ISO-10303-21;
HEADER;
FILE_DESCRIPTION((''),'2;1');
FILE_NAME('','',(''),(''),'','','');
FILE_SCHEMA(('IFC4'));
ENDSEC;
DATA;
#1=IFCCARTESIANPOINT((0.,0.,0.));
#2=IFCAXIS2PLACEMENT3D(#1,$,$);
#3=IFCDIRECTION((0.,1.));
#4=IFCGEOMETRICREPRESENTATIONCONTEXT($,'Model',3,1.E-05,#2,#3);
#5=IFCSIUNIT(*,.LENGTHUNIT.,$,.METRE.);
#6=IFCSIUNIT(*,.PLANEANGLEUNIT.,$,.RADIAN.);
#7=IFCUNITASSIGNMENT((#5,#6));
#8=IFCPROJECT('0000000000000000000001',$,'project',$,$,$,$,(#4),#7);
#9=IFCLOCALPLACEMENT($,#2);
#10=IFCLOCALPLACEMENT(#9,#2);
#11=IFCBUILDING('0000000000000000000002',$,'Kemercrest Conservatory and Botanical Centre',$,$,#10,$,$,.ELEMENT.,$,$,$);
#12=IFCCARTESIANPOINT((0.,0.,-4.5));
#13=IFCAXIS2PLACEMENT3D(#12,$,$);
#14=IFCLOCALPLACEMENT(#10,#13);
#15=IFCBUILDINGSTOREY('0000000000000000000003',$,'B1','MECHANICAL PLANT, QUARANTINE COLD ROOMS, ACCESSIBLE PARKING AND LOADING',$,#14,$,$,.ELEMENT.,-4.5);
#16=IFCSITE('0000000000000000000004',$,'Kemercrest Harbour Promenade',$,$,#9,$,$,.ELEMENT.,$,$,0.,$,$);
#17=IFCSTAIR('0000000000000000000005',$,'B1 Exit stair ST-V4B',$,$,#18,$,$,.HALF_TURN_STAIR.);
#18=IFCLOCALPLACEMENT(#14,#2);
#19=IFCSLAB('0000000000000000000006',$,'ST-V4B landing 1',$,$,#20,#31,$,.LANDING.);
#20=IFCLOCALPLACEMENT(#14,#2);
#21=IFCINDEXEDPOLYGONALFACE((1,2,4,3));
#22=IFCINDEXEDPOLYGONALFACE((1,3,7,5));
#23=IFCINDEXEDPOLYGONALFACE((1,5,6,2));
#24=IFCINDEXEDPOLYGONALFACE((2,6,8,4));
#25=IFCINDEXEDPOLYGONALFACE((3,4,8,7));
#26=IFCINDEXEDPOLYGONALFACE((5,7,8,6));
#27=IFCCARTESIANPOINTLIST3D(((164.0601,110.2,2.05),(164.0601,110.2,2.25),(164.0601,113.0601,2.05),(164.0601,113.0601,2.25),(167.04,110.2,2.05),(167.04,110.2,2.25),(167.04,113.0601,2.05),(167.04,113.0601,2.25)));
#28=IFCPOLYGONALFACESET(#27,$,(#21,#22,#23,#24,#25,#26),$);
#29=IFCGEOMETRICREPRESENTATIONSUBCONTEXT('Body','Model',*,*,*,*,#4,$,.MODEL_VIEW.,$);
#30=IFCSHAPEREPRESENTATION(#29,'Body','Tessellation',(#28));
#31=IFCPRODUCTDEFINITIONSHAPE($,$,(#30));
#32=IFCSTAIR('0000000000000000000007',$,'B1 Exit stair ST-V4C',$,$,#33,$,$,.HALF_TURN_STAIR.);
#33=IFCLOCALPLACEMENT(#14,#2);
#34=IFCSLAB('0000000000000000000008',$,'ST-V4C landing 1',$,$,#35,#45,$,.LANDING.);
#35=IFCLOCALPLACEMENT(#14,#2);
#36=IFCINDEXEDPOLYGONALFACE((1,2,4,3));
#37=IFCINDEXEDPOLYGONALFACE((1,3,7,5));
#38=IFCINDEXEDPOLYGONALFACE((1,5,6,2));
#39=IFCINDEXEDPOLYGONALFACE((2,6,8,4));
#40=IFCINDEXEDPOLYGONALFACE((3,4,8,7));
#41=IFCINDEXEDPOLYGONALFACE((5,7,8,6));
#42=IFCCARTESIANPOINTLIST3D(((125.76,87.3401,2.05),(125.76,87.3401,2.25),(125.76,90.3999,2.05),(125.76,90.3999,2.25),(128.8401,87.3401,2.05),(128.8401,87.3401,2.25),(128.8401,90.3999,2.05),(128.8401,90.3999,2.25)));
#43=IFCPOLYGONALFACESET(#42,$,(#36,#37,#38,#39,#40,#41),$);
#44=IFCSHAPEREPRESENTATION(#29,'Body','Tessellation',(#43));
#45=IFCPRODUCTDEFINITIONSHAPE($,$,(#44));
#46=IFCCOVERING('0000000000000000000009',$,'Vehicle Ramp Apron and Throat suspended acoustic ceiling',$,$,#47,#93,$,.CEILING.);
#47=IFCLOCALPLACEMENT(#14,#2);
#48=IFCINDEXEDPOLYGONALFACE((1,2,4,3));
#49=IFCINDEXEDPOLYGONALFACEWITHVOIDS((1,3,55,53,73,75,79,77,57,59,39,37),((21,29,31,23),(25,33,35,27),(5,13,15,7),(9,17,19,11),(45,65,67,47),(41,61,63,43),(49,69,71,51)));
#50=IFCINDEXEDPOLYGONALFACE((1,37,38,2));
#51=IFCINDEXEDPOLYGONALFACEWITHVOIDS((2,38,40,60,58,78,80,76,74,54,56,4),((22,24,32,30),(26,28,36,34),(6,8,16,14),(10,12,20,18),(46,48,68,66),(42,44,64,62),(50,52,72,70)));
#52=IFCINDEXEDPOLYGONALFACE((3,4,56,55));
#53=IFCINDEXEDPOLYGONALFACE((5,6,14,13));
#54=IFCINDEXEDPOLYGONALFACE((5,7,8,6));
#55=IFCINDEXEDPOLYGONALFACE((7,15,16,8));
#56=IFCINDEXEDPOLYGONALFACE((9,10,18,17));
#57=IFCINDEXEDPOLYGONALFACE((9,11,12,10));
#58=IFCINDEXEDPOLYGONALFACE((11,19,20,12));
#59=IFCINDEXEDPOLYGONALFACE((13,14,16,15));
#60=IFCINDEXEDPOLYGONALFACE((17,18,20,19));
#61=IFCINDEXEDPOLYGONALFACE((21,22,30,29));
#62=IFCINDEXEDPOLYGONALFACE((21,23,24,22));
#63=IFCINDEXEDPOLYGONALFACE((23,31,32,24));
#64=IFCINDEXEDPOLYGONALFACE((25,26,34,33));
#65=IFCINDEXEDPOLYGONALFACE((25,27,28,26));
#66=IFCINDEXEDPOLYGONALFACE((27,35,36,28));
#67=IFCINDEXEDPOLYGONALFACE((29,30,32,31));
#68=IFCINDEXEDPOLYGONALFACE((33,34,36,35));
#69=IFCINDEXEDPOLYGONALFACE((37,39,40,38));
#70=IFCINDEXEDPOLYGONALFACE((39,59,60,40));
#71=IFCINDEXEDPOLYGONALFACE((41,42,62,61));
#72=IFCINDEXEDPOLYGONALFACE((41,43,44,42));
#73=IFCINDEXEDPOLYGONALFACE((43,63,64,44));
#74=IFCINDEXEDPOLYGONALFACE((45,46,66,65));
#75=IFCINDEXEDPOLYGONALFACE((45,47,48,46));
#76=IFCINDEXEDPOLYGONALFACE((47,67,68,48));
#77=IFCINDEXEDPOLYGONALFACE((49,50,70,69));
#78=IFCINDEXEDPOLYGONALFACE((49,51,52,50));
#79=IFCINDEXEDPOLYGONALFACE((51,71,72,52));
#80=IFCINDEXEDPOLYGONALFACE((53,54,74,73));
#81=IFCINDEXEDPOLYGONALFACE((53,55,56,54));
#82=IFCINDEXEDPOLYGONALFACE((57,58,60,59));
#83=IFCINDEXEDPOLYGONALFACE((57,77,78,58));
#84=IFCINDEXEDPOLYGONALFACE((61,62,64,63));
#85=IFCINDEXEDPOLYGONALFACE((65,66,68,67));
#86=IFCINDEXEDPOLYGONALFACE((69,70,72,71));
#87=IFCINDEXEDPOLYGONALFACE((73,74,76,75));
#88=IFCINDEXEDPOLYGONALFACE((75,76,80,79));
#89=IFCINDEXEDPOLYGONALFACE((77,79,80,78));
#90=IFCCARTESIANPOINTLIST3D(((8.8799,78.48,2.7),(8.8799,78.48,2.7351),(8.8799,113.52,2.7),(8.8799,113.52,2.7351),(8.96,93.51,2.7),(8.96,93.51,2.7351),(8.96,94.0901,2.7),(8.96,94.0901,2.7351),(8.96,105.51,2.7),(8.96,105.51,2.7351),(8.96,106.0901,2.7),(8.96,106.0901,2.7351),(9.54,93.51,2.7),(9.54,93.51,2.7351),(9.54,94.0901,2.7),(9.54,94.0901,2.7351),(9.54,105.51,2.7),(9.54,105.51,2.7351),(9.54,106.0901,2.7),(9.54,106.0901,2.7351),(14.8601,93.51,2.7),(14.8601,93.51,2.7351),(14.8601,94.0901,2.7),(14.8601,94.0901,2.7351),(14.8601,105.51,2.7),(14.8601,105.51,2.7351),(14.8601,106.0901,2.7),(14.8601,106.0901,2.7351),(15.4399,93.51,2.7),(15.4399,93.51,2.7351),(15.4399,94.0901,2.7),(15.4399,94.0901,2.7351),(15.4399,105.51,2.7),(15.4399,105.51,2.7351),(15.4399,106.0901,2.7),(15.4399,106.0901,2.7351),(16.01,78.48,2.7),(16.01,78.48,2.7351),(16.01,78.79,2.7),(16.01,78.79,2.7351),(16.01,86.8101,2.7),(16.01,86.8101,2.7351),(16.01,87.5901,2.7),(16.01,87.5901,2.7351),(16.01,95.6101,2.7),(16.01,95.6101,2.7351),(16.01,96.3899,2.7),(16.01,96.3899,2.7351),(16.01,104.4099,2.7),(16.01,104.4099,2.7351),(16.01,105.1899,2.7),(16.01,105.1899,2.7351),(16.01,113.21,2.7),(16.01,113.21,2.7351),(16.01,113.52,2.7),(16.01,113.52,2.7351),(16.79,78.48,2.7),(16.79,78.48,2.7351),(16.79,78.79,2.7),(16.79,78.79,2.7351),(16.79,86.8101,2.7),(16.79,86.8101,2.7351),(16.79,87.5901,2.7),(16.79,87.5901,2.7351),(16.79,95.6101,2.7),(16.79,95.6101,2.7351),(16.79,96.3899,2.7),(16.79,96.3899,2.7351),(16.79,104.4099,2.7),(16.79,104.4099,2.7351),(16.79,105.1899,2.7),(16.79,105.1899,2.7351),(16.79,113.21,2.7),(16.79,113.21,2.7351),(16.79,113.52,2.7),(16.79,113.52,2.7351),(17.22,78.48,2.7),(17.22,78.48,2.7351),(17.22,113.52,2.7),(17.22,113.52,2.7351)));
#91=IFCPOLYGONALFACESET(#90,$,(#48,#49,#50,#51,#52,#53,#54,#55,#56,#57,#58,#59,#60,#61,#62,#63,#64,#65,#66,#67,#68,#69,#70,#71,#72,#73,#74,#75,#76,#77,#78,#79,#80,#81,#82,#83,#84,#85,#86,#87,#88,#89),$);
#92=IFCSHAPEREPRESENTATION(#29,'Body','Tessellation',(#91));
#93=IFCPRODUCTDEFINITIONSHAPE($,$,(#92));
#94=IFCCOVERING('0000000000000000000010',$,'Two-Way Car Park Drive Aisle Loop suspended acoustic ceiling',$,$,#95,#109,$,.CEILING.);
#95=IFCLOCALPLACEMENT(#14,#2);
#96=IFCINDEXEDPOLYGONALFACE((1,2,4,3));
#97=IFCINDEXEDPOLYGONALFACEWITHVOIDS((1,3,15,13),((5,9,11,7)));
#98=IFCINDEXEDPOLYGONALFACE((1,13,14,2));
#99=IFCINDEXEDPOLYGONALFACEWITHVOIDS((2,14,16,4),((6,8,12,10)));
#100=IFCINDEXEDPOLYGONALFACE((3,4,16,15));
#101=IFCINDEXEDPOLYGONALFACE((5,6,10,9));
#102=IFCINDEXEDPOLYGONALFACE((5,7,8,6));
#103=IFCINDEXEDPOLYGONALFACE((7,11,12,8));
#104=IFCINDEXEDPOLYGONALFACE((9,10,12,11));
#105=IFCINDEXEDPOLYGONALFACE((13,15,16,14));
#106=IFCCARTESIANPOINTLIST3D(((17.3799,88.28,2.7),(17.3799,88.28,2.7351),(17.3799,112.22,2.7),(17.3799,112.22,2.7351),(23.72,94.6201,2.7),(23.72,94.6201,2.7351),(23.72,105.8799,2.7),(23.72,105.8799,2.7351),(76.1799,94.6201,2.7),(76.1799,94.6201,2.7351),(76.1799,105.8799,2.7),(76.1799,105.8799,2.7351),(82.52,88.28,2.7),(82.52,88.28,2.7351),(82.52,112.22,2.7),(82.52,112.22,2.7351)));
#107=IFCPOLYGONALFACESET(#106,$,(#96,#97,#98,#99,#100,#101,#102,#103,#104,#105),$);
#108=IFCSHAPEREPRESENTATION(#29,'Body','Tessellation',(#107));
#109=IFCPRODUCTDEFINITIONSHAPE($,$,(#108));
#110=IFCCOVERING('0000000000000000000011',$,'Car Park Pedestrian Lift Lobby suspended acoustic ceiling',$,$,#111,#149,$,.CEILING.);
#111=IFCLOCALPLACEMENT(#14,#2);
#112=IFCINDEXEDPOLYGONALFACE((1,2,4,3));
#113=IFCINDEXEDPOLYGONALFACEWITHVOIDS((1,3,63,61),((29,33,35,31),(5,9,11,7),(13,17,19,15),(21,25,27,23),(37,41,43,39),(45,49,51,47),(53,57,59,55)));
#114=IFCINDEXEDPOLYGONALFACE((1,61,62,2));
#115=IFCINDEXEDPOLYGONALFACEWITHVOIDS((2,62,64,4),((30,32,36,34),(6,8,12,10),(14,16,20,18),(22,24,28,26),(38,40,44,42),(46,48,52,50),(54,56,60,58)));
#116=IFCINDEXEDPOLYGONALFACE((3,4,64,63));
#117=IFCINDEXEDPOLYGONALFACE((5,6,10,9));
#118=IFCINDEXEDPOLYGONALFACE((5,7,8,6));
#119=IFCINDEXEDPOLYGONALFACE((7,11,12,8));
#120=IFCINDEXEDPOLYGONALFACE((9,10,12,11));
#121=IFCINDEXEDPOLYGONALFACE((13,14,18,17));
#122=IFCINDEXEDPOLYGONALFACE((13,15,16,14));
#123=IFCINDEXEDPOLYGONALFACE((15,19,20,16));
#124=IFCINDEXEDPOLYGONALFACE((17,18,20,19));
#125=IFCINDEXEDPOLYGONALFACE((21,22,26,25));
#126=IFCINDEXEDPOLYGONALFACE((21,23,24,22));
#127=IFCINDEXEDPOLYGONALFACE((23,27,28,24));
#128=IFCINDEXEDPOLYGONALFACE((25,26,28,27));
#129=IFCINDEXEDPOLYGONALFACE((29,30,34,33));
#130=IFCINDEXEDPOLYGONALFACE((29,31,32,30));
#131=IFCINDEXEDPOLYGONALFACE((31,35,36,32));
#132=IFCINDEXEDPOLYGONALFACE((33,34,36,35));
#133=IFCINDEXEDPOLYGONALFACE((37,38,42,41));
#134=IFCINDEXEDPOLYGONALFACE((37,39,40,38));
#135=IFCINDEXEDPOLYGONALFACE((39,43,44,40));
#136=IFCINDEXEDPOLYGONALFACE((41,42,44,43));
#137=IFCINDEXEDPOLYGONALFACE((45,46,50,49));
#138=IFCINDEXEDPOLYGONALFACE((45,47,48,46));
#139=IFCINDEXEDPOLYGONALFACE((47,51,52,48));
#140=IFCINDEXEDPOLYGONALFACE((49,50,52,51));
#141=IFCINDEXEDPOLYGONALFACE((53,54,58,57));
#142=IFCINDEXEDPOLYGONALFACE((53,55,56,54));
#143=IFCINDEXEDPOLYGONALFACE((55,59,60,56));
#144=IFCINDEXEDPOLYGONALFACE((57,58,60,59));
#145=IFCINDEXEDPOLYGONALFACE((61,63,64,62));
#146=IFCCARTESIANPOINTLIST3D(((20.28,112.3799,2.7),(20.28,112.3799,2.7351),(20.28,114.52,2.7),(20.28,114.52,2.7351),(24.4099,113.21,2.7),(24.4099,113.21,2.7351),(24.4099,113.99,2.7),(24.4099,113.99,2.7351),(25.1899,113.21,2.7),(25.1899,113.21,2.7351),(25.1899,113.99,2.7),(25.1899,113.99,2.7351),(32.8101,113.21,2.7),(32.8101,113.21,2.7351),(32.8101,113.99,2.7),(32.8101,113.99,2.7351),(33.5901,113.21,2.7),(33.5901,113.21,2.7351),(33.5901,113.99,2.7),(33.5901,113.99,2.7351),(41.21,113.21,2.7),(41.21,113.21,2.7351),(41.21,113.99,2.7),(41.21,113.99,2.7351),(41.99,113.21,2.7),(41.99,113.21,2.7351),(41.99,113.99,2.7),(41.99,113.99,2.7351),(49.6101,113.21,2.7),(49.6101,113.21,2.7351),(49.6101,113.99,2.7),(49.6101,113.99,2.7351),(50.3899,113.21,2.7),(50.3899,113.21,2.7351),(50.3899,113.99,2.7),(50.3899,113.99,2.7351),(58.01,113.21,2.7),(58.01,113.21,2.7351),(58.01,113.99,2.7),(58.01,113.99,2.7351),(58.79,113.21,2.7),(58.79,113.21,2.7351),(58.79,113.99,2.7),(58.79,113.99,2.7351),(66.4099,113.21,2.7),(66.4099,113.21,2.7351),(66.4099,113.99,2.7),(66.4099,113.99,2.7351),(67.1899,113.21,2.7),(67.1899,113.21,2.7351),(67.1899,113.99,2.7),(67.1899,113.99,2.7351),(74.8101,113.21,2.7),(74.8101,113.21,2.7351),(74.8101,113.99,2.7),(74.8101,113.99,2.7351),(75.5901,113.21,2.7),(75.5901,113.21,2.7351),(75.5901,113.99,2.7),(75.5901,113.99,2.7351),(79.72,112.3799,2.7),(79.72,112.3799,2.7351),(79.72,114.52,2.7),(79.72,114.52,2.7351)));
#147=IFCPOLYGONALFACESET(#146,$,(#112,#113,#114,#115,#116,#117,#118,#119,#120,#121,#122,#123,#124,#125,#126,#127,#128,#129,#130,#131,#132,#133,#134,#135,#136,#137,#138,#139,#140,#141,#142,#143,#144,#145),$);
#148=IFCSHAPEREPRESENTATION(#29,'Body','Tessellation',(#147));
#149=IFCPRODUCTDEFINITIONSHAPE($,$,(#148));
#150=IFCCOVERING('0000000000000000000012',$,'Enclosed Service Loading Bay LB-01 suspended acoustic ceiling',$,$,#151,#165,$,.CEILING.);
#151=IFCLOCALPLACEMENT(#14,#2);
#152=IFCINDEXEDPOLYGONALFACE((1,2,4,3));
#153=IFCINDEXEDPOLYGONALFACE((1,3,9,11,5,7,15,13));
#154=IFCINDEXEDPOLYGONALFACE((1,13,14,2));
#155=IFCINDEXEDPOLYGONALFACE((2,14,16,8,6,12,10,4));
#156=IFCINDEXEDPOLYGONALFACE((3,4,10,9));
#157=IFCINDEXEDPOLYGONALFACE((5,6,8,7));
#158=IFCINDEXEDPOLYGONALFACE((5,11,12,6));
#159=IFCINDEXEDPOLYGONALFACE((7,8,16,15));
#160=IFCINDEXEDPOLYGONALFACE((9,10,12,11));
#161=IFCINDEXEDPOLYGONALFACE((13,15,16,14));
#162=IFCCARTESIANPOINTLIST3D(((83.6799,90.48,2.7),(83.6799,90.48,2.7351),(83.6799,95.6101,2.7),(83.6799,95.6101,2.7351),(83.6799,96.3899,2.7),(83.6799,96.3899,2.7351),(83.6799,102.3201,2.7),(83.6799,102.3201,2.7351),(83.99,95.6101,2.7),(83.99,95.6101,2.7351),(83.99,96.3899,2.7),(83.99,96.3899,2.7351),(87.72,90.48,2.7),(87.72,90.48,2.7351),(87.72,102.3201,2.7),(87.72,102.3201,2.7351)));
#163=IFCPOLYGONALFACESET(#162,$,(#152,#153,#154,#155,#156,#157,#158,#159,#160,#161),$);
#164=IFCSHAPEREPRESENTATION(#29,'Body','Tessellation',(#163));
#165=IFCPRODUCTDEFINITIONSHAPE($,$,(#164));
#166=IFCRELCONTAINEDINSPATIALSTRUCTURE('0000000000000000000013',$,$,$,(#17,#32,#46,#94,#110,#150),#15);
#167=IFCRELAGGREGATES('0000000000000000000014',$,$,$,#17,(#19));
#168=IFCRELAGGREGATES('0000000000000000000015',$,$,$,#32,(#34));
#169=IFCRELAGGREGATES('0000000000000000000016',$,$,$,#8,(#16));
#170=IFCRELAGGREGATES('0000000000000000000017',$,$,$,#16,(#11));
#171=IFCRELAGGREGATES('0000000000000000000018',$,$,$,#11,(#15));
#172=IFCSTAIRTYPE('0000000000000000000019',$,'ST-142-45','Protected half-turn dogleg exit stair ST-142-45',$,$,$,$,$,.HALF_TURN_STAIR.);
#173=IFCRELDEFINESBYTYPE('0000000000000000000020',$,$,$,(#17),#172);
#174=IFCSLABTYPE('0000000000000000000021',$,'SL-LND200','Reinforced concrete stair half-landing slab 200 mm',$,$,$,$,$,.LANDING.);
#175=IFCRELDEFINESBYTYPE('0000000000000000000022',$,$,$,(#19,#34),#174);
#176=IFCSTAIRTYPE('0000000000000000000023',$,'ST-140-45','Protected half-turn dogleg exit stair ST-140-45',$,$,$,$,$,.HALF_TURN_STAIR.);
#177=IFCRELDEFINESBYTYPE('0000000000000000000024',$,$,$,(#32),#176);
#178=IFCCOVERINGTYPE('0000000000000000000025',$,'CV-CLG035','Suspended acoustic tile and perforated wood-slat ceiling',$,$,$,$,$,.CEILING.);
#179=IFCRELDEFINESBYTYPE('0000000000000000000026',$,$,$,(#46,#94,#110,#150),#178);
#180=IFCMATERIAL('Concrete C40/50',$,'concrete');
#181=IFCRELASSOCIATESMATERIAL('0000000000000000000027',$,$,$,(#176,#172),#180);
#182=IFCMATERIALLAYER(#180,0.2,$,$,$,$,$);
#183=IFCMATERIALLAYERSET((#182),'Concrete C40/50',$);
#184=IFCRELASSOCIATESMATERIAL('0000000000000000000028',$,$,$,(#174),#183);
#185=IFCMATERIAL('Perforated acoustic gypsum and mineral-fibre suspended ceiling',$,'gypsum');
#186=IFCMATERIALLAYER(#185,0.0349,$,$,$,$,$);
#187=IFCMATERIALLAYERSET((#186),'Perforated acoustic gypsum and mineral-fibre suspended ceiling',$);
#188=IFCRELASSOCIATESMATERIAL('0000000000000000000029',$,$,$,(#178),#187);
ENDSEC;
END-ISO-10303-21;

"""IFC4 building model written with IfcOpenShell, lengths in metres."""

from ifc_helpers import new_model, si_unit, direction, frame, origin, place, context, subcontext, project, spatial, polyline, outline, extrude, material, layer, layer_set, type_object, element, aggregate, save


model = new_model("IFC4")

# Units and contexts
model_context = context("Model", 3, precision=1e-05, world=origin(), true_north=direction((0.0, 1.0)))
body_context = subcontext(model_context, "Body", "Model", "MODEL_VIEW")
ifc_project = project(units=[si_unit("LENGTHUNIT", "METRE"), si_unit("PLANEANGLEUNIT", "RADIAN")], contexts=[model_context])

# Site, building, storey
site_placement = place(None, origin())
site = spatial("IfcSite", under=ifc_project, at=site_placement, Name="Kemercrest Harbour Promenade", CompositionType="ELEMENT", RefElevation=0.0)
building_placement = place(site_placement, origin())
building = spatial("IfcBuilding", under=site, at=building_placement, Name="Kemercrest Conservatory and Botanical Centre", CompositionType="ELEMENT")
storey_placement = place(building_placement, frame((0.0, 0.0, -4.5)))
storey = spatial("IfcBuildingStorey", under=building, at=storey_placement, Name="B1", Description="MECHANICAL PLANT, QUARANTINE COLD ROOMS, ACCESSIBLE PARKING AND LOADING", CompositionType="ELEMENT", Elevation=-4.5)

# Shared definitions
ifc_material_1 = material(Name="Concrete C40/50", Category="concrete")

# Stairs, slabs
stair_type_1 = type_object("IfcStairType", Name="ST-140-45", Description="Protected half-turn dogleg exit stair ST-140-45", PredefinedType="HALF_TURN_STAIR", material=ifc_material_1)
ifc_layer_1 = layer(ifc_material_1, 0.2)
ifc_layer_set_1 = layer_set([ifc_layer_1], Name="Concrete C40/50")
slab_type_1 = type_object("IfcSlabType", Name="SL-LND200", Description="Reinforced concrete stair half-landing slab 200 mm", PredefinedType="LANDING", material=ifc_layer_set_1)
stair_type_2 = type_object("IfcStairType", Name="ST-142-45", Description="Protected half-turn dogleg exit stair ST-142-45", PredefinedType="HALF_TURN_STAIR", material=ifc_material_1)
stair_1_placement = place(storey_placement, origin())
stair_1 = element("IfcStair", 1, at=stair_1_placement, inside=storey, type_object=stair_type_2, Name="B1 Exit stair ST-V4B", PredefinedType="HALF_TURN_STAIR")
slab_1_placement = place(storey_placement, frame((0.0, 0.0, 2.05)))
slab_1 = element("IfcSlab", 2, at=slab_1_placement, type_object=slab_type_1, Name="ST-V4B landing 1", PredefinedType="LANDING", context=body_context, shape_type="SweptSolid", body=[
    extrude(outline(polyline([(167.04, 110.2), (167.04, 113.0601), (164.0601, 113.0601), (164.0601, 110.2), (167.04, 110.2)])), origin(), (0.0, 0.0, 1.0), 0.2),
])
aggregate(stair_1, [slab_1])
stair_2_placement = place(storey_placement, origin())
stair_2 = element("IfcStair", 3, at=stair_2_placement, inside=storey, type_object=stair_type_1, Name="B1 Exit stair ST-V4C", PredefinedType="HALF_TURN_STAIR")
slab_2_placement = place(storey_placement, frame((0.0, 0.0, 2.05)))
slab_2 = element("IfcSlab", 4, at=slab_2_placement, type_object=slab_type_1, Name="ST-V4C landing 1", PredefinedType="LANDING", context=body_context, shape_type="SweptSolid", body=[
    extrude(outline(polyline([(125.76, 90.3999), (125.76, 87.3401), (128.8401, 87.3401), (128.8401, 90.3999), (125.76, 90.3999)])), origin(), (0.0, 0.0, 1.0), 0.2),
])
aggregate(stair_2, [slab_2])

# Coverings
ifc_material_2 = material(Name="Perforated acoustic gypsum and mineral-fibre suspended ceiling", Category="gypsum")
ifc_layer_2 = layer(ifc_material_2, 0.0349)
ifc_layer_set_2 = layer_set([ifc_layer_2], Name="Perforated acoustic gypsum and mineral-fibre suspended ceiling")
covering_type_1 = type_object("IfcCoveringType", Name="CV-CLG035", Description="Suspended acoustic tile and perforated wood-slat ceiling", PredefinedType="CEILING", material=ifc_layer_set_2)
covering_1_placement = place(storey_placement, frame((0.0, 0.0, 2.7)))
element("IfcCovering", 5, at=covering_1_placement, inside=storey, type_object=covering_type_1, Name="Vehicle Ramp Apron and Throat suspended acoustic ceiling", PredefinedType="CEILING", context=body_context, shape_type="SweptSolid", body=[
    extrude(outline(polyline([(16.01, 78.79), (16.79, 78.79), (16.79, 78.48), (17.22, 78.48), (17.22, 113.52), (16.79, 113.52), (16.79, 113.21), (16.01, 113.21), (16.01, 113.52), (8.8799, 113.52), (8.8799, 78.48), (16.01, 78.48), (16.01, 78.79)]), holes=[polyline([(16.01, 86.8101), (16.01, 87.5901), (16.79, 87.5901), (16.79, 86.8101), (16.01, 86.8101)]), polyline([(16.01, 95.6101), (16.01, 96.3899), (16.79, 96.3899), (16.79, 95.6101), (16.01, 95.6101)]), polyline([(16.01, 104.4099), (16.01, 105.1899), (16.79, 105.1899), (16.79, 104.4099), (16.01, 104.4099)]), polyline([(14.8601, 94.0901), (15.4399, 94.0901), (15.4399, 93.51), (14.8601, 93.51), (14.8601, 94.0901)]), polyline([(14.8601, 106.0901), (15.4399, 106.0901), (15.4399, 105.51), (14.8601, 105.51), (14.8601, 106.0901)]), polyline([(8.96, 94.0901), (9.54, 94.0901), (9.54, 93.51), (8.96, 93.51), (8.96, 94.0901)]), polyline([(8.96, 105.51), (8.96, 106.0901), (9.54, 106.0901), (9.54, 105.51), (8.96, 105.51)])]), origin(), (0.0, 0.0, 1.0), 0.0352),
])
covering_2_placement = place(storey_placement, frame((0.0, 0.0, 2.7)))
element("IfcCovering", 6, at=covering_2_placement, inside=storey, type_object=covering_type_1, Name="Two-Way Car Park Drive Aisle Loop suspended acoustic ceiling", PredefinedType="CEILING", context=body_context, shape_type="SweptSolid", body=[
    extrude(outline(polyline([(82.52, 88.28), (82.52, 112.22), (17.3799, 112.22), (17.3799, 88.28), (82.52, 88.28)]), holes=[polyline([(23.72, 105.8799), (76.1799, 105.8799), (76.1799, 94.6201), (23.72, 94.6201), (23.72, 105.8799)])]), origin(), (0.0, 0.0, 1.0), 0.0352),
])
covering_3_placement = place(storey_placement, frame((0.0, 0.0, 2.7)))
element("IfcCovering", 7, at=covering_3_placement, inside=storey, type_object=covering_type_1, Name="Car Park Pedestrian Lift Lobby suspended acoustic ceiling", PredefinedType="CEILING", context=body_context, shape_type="SweptSolid", body=[
    extrude(outline(polyline([(79.72, 114.52), (20.28, 114.52), (20.28, 112.3799), (79.72, 112.3799), (79.72, 114.52)]), holes=[polyline([(74.8101, 113.99), (75.5901, 113.99), (75.5901, 113.21), (74.8101, 113.21), (74.8101, 113.99)]), polyline([(66.4099, 113.21), (66.4099, 113.99), (67.1899, 113.99), (67.1899, 113.21), (66.4099, 113.21)]), polyline([(58.01, 113.21), (58.01, 113.99), (58.79, 113.99), (58.79, 113.21), (58.01, 113.21)]), polyline([(49.6101, 113.21), (49.6101, 113.99), (50.3899, 113.99), (50.3899, 113.21), (49.6101, 113.21)]), polyline([(41.21, 113.21), (41.21, 113.99), (41.99, 113.99), (41.99, 113.21), (41.21, 113.21)]), polyline([(32.8101, 113.21), (32.8101, 113.99), (33.5901, 113.99), (33.5901, 113.21), (32.8101, 113.21)]), polyline([(24.4099, 113.99), (25.1899, 113.99), (25.1899, 113.21), (24.4099, 113.21), (24.4099, 113.99)])]), origin(), (0.0, 0.0, 1.0), 0.0352),
])
covering_4_placement = place(storey_placement, frame((0.0, 0.0, 2.7)))
element("IfcCovering", 8, at=covering_4_placement, inside=storey, type_object=covering_type_1, Name="Enclosed Service Loading Bay LB-01 suspended acoustic ceiling", PredefinedType="CEILING", context=body_context, shape_type="SweptSolid", body=[
    extrude(outline(polyline([(83.6799, 90.48), (87.72, 90.48), (87.72, 102.3201), (83.6799, 102.3201), (83.6799, 96.3899), (83.99, 96.3899), (83.99, 95.6101), (83.6799, 95.6101), (83.6799, 90.48)])), origin(), (0.0, 0.0, 1.0), 0.0352),
])

save(model, "model.ifc")
